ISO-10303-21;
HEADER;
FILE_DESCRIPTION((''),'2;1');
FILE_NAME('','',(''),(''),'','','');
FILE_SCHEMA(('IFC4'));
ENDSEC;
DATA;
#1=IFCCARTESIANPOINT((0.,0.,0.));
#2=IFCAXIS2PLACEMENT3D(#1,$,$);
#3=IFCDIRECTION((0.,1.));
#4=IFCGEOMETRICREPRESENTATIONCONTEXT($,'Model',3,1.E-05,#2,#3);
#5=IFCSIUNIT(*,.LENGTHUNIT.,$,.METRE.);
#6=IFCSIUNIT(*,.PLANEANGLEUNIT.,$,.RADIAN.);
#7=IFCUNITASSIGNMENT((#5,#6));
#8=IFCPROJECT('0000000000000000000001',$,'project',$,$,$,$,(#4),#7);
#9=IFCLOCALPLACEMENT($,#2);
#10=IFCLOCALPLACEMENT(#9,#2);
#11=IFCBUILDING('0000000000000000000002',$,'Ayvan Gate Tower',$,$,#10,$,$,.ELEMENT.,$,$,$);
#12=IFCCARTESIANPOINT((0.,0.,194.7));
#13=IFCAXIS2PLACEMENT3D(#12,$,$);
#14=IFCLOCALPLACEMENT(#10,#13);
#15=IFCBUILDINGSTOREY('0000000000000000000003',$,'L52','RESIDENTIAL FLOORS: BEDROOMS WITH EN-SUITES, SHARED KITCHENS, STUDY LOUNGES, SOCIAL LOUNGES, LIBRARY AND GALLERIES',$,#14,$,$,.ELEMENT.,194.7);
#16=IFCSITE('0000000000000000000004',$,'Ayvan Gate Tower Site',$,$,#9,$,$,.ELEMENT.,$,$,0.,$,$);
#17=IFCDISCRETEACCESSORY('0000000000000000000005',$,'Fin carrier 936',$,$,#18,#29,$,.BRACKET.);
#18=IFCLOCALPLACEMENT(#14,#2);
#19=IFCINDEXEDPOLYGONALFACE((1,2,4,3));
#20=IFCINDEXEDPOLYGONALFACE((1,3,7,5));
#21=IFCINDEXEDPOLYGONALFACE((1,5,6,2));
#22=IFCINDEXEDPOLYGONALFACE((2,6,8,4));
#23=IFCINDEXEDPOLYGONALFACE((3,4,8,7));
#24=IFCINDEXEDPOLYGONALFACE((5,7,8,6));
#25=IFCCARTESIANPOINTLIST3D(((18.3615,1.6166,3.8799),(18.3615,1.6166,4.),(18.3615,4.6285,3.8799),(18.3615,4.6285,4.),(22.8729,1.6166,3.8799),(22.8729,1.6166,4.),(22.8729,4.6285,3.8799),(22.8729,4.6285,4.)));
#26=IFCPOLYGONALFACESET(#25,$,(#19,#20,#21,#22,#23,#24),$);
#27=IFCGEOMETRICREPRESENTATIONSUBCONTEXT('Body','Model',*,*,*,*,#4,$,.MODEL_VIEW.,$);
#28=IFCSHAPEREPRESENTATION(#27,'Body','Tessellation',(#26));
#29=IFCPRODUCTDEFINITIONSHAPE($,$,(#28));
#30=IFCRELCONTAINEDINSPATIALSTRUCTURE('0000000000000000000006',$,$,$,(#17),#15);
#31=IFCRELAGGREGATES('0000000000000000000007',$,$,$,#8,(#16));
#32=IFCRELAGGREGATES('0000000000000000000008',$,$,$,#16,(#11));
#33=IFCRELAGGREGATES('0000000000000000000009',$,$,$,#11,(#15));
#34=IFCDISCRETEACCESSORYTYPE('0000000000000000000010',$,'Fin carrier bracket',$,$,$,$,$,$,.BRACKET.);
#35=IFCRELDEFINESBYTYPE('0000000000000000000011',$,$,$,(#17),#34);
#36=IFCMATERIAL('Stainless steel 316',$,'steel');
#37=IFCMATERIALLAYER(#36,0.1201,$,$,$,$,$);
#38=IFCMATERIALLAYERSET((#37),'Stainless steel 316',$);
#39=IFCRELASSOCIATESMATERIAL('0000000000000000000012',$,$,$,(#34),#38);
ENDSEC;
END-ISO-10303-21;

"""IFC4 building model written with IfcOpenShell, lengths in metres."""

from ifc_helpers import new_model, si_unit, direction, frame, origin, origin_2d, place, context, subcontext, project, spatial, rectangle, extrude, material, layer, layer_set, type_object, element, save


model = new_model("IFC4")

# Units and contexts
model_context = context("Model", 3, precision=1e-05, world=origin(), true_north=direction((0.0, 1.0)))
body_context = subcontext(model_context, "Body", "Model", "MODEL_VIEW")
ifc_project = project(units=[si_unit("LENGTHUNIT", "METRE"), si_unit("PLANEANGLEUNIT", "RADIAN")], contexts=[model_context])

# Site, building, storey
site_placement = place(None, origin())
site = spatial("IfcSite", under=ifc_project, at=site_placement, Name="Ayvan Gate Tower Site", CompositionType="ELEMENT", RefElevation=0.0)
building_placement = place(site_placement, origin())
building = spatial("IfcBuilding", under=site, at=building_placement, Name="Ayvan Gate Tower", CompositionType="ELEMENT")
storey_placement = place(building_placement, frame((0.0, 0.0, 194.7)))
storey = spatial("IfcBuildingStorey", under=building, at=storey_placement, Name="L52", Description="RESIDENTIAL FLOORS: BEDROOMS WITH EN-SUITES, SHARED KITCHENS, STUDY LOUNGES, SOCIAL LOUNGES, LIBRARY AND GALLERIES", CompositionType="ELEMENT", Elevation=194.7)

# Discrete accessory
ifc_material_1 = material(Name="Stainless steel 316", Category="steel")
ifc_layer_1 = layer(ifc_material_1, 0.1201)
ifc_layer_set_1 = layer_set([ifc_layer_1], Name="Stainless steel 316")
discrete_accessory_type = type_object("IfcDiscreteAccessoryType", Name="Fin carrier bracket", PredefinedType="BRACKET", material=ifc_layer_set_1)
discrete_accessory_1_placement = place(storey_placement, frame((20.6172, 3.1226, 3.8799), z_axis=(0.0, 0.0, 1.0), x_axis=(0.0, 1.0, 0.0)))
element("IfcDiscreteAccessory", 1, at=discrete_accessory_1_placement, inside=storey, type_object=discrete_accessory_type, Name="Fin carrier 936", PredefinedType="BRACKET", context=body_context, shape_type="SweptSolid", body=[
    extrude(rectangle(XDim=3.012, YDim=4.5115, at=origin_2d()), origin(), (0.0, 0.0, 1.0), 0.1201),
])

save(model, "model.ifc")
